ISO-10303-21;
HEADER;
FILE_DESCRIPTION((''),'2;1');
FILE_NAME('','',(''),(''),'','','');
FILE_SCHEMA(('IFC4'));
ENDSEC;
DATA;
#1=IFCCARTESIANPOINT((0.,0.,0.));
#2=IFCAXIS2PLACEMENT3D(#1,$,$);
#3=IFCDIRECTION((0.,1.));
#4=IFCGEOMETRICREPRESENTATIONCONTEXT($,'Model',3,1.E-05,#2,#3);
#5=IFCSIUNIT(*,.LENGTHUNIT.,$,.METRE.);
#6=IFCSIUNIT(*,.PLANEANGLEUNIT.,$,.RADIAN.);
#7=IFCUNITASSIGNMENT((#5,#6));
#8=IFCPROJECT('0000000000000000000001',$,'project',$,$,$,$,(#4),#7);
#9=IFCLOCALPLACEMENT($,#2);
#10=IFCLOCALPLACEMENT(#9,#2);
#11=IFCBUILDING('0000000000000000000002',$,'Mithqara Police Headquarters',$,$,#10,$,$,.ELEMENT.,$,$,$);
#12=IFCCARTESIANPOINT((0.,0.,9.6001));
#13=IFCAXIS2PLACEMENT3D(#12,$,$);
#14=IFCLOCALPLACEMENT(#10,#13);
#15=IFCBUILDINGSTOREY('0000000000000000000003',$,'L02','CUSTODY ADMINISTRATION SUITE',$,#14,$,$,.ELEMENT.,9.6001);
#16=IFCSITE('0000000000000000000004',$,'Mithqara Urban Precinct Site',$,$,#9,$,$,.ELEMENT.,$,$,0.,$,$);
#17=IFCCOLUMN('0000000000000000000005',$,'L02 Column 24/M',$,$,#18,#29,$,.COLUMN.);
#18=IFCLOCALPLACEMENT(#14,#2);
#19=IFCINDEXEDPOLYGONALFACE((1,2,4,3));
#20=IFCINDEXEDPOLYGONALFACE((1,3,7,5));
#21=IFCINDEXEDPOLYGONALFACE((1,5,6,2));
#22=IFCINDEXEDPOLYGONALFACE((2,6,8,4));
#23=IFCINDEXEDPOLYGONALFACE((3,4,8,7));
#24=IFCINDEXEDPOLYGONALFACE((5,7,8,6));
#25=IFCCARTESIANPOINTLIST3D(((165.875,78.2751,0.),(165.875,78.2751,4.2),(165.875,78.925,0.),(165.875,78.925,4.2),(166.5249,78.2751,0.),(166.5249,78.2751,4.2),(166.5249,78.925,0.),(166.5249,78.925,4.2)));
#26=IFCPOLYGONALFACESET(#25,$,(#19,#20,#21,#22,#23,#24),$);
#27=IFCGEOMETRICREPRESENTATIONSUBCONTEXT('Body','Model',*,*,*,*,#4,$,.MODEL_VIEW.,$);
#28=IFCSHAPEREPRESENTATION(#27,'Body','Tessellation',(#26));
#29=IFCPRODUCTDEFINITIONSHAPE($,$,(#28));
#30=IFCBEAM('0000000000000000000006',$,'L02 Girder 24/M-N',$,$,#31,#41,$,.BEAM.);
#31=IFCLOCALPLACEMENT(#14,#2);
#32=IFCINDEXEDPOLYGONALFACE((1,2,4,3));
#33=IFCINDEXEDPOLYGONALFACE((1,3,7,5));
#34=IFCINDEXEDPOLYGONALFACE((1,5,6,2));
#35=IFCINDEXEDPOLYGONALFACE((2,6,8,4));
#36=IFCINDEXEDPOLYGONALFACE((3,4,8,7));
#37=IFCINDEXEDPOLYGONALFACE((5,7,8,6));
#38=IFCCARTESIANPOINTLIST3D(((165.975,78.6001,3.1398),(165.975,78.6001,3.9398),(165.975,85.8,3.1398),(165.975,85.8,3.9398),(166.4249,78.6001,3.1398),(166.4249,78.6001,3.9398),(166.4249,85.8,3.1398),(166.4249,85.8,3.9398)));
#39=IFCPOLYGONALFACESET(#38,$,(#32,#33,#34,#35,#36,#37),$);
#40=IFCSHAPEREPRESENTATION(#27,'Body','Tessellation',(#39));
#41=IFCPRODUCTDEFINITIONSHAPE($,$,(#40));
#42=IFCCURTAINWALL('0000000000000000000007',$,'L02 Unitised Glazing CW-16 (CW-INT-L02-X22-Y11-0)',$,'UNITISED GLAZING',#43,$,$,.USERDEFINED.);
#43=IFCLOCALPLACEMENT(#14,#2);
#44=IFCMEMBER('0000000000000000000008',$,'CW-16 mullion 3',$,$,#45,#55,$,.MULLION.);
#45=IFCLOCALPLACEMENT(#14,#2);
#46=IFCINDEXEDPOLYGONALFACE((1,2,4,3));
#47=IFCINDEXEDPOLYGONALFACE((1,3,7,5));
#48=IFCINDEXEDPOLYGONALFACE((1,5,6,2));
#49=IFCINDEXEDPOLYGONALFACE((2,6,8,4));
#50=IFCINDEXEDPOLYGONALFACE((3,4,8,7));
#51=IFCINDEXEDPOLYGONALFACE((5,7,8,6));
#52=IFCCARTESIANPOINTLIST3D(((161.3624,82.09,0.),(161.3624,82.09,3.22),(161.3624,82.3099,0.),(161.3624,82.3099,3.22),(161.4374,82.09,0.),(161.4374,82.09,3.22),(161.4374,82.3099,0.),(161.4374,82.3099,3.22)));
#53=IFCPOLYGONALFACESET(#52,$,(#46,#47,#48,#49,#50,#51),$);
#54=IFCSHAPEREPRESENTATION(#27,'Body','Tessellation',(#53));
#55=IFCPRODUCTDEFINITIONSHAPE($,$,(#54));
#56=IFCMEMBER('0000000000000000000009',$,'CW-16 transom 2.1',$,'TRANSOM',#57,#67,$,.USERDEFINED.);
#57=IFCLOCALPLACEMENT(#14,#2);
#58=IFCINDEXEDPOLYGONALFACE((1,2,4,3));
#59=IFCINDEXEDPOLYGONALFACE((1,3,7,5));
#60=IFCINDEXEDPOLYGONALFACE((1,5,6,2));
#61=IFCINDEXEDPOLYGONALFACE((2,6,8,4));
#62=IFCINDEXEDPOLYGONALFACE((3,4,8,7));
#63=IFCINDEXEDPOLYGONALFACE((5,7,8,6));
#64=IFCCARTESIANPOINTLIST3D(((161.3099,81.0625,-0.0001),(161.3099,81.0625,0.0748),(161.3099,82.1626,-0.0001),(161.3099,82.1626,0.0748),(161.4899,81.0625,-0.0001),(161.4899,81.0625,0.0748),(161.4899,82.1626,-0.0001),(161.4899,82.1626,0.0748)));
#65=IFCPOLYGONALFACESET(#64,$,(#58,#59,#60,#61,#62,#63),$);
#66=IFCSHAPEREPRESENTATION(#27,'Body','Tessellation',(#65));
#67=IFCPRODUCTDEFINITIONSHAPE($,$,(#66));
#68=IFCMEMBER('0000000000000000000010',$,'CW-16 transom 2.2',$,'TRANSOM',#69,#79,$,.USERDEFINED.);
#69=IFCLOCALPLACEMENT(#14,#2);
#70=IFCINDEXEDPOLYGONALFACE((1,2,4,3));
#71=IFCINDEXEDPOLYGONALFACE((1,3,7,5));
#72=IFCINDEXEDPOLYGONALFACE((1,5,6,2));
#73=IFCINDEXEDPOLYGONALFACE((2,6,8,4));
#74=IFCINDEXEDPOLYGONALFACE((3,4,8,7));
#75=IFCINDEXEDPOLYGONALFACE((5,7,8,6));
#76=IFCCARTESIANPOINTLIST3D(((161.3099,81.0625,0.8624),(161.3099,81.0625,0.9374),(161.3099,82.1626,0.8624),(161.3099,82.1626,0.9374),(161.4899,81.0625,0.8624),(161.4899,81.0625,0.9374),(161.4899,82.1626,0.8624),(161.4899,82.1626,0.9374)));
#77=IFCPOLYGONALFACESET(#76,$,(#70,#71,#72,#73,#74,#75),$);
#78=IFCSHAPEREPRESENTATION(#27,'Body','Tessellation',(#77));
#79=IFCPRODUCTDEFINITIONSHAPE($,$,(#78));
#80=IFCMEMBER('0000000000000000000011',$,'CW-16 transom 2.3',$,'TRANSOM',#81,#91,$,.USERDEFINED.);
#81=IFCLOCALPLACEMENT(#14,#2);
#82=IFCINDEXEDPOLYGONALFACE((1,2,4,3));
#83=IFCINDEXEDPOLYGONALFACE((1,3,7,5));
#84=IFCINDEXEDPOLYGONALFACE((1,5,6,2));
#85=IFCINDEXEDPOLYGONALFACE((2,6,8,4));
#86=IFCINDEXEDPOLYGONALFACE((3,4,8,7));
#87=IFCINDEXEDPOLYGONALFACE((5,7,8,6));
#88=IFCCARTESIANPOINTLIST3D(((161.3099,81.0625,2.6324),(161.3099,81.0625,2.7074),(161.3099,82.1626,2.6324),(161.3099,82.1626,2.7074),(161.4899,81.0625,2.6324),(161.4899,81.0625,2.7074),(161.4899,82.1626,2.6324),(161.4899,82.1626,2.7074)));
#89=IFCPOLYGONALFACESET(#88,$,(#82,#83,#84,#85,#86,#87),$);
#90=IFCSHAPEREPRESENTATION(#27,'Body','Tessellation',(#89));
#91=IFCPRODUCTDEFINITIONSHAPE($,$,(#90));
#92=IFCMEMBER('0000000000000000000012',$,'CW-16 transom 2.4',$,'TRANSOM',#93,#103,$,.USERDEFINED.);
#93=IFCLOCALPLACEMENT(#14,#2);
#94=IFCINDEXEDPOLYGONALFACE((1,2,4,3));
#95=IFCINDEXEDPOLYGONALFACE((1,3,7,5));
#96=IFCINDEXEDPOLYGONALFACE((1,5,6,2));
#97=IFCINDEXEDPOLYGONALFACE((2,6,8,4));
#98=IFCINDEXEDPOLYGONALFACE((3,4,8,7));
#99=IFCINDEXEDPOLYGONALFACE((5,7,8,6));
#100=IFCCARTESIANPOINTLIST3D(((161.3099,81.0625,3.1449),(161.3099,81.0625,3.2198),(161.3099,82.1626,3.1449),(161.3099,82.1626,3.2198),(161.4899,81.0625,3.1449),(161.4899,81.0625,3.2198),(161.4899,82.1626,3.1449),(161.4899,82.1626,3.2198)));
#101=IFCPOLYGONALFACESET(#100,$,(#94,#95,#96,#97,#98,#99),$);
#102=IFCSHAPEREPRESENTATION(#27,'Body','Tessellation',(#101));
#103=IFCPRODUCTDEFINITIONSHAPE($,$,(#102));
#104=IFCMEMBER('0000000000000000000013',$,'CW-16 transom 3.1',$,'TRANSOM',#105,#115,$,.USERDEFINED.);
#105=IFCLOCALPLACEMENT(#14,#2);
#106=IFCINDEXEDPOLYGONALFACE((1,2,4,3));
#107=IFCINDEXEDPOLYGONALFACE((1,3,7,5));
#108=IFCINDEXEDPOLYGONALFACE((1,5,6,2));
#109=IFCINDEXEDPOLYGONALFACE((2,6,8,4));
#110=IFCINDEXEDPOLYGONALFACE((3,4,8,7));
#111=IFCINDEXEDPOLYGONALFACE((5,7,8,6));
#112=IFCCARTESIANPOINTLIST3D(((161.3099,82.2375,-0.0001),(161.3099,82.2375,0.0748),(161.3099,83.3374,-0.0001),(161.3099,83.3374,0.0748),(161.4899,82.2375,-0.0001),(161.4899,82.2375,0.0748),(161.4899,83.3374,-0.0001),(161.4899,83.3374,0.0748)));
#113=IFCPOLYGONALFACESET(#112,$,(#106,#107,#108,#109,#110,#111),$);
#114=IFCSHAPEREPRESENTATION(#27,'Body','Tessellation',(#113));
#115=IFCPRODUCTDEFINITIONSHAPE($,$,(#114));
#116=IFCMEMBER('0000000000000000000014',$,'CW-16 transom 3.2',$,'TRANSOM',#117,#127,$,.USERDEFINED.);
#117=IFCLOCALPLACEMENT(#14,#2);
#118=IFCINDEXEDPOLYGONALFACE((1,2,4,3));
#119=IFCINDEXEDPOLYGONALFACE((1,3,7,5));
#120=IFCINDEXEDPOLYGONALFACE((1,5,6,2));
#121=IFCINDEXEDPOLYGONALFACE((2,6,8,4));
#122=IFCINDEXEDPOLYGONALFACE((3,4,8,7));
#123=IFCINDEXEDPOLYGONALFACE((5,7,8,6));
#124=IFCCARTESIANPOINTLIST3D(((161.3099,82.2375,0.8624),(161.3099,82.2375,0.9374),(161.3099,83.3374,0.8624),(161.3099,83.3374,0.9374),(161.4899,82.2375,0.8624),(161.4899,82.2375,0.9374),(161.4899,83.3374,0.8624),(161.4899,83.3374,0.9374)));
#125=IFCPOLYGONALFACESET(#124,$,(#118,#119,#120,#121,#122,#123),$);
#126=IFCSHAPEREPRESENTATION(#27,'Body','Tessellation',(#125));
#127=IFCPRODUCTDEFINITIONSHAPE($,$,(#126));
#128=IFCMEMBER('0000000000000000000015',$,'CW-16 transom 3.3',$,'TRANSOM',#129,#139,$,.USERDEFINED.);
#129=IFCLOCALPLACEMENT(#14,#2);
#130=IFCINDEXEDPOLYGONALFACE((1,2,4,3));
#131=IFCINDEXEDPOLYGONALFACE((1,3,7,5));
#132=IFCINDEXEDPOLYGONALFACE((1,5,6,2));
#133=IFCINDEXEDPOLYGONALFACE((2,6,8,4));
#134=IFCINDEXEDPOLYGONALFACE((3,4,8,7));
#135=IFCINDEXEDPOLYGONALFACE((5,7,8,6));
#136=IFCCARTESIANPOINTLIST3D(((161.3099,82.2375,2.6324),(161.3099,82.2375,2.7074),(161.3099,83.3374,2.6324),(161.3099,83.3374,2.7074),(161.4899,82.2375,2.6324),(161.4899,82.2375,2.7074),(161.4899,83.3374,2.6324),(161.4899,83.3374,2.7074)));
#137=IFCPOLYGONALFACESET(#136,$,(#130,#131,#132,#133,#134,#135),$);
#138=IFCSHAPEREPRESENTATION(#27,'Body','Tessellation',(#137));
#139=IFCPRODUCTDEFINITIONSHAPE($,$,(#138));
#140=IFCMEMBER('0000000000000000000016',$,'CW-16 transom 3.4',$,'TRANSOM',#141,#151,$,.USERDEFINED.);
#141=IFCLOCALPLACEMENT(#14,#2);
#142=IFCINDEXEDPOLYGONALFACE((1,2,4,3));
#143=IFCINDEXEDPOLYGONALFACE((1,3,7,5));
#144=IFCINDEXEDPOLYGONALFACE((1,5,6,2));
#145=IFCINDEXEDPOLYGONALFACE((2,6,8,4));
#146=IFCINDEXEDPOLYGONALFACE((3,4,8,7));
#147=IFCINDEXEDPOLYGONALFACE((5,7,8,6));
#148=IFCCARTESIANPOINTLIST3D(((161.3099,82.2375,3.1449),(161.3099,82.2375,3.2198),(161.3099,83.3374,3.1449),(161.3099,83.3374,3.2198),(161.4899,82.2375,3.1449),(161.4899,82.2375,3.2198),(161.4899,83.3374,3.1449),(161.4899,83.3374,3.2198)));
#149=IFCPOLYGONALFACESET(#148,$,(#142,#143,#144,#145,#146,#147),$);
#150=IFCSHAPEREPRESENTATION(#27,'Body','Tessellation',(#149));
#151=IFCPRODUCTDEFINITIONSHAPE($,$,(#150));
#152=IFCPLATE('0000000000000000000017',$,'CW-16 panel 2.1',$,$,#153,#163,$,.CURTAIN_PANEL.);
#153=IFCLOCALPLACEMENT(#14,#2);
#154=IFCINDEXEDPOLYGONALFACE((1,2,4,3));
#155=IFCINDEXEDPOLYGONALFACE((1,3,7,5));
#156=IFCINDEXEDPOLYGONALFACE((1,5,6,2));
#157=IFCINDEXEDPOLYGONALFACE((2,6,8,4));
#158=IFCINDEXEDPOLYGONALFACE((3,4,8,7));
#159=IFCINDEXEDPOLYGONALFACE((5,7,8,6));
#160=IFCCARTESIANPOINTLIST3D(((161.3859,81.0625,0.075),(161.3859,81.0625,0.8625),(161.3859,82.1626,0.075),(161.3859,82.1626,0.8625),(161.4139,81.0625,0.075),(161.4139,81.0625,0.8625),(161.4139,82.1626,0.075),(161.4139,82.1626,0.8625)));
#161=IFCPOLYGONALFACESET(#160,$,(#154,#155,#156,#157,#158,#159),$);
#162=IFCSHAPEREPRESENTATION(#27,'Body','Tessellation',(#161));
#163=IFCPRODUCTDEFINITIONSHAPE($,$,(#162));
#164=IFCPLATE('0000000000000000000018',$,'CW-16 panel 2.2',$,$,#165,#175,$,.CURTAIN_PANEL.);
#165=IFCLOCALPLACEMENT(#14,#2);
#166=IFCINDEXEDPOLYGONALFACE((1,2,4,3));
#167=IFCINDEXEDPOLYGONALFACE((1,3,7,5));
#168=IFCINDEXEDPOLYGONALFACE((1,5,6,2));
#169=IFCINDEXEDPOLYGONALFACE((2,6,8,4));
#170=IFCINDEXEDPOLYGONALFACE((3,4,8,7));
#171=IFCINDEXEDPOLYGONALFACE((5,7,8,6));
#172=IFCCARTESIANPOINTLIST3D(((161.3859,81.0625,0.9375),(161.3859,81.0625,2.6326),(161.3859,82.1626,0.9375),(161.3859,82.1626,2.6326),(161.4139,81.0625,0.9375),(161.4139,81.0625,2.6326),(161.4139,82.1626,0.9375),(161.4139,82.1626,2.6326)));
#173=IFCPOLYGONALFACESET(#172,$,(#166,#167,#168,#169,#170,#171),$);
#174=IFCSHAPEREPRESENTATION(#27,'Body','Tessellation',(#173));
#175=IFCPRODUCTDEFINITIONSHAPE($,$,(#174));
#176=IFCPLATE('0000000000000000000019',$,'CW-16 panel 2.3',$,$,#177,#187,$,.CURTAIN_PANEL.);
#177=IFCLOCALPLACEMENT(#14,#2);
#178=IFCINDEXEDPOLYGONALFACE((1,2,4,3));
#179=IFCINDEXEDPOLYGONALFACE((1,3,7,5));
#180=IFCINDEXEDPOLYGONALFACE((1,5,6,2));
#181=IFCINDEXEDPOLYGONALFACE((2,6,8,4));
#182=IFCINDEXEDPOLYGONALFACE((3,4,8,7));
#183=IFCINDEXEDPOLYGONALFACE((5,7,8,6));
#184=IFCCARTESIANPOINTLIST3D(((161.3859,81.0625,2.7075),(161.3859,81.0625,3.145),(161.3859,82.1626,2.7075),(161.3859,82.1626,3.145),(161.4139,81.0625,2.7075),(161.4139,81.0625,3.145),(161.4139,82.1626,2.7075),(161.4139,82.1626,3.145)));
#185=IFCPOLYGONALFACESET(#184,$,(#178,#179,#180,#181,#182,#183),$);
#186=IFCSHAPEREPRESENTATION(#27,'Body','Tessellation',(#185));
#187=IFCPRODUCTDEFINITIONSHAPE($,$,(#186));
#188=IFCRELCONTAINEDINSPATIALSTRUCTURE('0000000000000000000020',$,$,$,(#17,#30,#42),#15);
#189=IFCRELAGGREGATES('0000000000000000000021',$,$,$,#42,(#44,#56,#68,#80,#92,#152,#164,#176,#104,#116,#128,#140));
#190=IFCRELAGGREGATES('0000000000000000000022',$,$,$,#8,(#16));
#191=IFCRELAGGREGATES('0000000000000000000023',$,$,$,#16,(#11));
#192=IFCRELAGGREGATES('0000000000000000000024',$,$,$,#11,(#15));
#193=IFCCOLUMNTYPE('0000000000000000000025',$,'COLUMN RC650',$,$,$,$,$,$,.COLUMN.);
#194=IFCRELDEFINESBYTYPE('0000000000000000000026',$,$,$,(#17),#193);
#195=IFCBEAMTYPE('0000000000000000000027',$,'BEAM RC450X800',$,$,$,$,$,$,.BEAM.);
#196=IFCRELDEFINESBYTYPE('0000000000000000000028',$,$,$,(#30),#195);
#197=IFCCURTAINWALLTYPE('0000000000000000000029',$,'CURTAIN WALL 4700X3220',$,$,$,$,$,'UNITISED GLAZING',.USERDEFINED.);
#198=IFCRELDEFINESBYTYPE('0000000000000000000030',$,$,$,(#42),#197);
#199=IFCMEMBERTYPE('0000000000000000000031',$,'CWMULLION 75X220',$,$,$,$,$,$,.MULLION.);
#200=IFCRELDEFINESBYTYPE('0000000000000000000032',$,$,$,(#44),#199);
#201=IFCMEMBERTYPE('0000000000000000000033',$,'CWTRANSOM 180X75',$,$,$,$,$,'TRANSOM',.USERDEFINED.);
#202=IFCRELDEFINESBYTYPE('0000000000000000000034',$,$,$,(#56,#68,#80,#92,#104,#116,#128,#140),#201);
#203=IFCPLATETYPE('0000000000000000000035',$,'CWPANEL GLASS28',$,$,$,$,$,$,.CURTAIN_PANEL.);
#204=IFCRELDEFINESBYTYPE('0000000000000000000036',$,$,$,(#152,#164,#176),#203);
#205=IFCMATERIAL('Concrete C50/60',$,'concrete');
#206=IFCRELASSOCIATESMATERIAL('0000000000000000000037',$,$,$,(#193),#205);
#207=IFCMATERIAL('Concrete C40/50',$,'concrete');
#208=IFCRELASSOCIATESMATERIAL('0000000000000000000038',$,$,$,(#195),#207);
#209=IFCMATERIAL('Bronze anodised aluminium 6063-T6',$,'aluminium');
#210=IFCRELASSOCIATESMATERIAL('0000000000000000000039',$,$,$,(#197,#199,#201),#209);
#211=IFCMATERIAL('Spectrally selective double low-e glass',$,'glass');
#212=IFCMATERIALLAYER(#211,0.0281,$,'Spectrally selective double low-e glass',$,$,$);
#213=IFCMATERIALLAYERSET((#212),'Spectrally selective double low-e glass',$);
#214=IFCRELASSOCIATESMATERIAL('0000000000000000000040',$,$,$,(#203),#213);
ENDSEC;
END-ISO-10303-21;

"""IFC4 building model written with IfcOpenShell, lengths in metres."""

from ifc_helpers import new_model, si_unit, direction, frame, origin, origin_2d, place, context, subcontext, project, spatial, rectangle, extrude, material, layer, layer_set, material_profile, profile_set, type_object, element, aggregate, save


model = new_model("IFC4")

# Units and contexts
model_context = context("Model", 3, precision=1e-05, world=origin(), true_north=direction((0.0, 1.0)))
body_context = subcontext(model_context, "Body", "Model", "MODEL_VIEW")
ifc_project = project(units=[si_unit("LENGTHUNIT", "METRE"), si_unit("PLANEANGLEUNIT", "RADIAN")], contexts=[model_context])

# Site, building, storey
site_placement = place(None, origin())
site = spatial("IfcSite", under=ifc_project, at=site_placement, Name="Mithqara Urban Precinct Site", CompositionType="ELEMENT", RefElevation=0.0)
building_placement = place(site_placement, origin())
building = spatial("IfcBuilding", under=site, at=building_placement, Name="Mithqara Police Headquarters", CompositionType="ELEMENT")
storey_placement = place(building_placement, frame((0.0, 0.0, 9.6001)))
storey = spatial("IfcBuildingStorey", under=building, at=storey_placement, Name="L02", Description="CUSTODY ADMINISTRATION SUITE", CompositionType="ELEMENT", Elevation=9.6001)

# Column
ifc_material_1 = material(Name="Concrete C50/60", Category="concrete")
ifc_material_profile_1 = material_profile(ifc_material_1, rectangle(XDim=0.6499, YDim=0.6499, at=origin_2d()), Name="RC 650x650")
ifc_profile_set_1 = profile_set([ifc_material_profile_1], Name="Concrete C50/60")
column_type = type_object("IfcColumnType", Name="COLUMN RC650", PredefinedType="COLUMN", material=ifc_profile_set_1)
column_placement = place(storey_placement, frame((166.2, 78.6001, 0.0), z_axis=(0.0, 0.0, 1.0), x_axis=(1.0, 0.0, 0.0)))
element("IfcColumn", 1, at=column_placement, inside=storey, type_object=column_type, Name="L02 Column 24/M", PredefinedType="COLUMN", context=body_context, shape_type="SweptSolid", body=[
    extrude(rectangle(XDim=0.6499, YDim=0.6499, at=origin_2d()), origin(), (0.0, 0.0, 1.0), 4.2),
])

# Beam
ifc_material_2 = material(Name="Concrete C40/50", Category="concrete")
ifc_material_profile_2 = material_profile(ifc_material_2, rectangle(XDim=0.45, YDim=0.8, at=origin_2d()), Name="RC 450x800")
ifc_profile_set_2 = profile_set([ifc_material_profile_2], Name="Concrete C40/50")
beam_type = type_object("IfcBeamType", Name="BEAM RC450X800", PredefinedType="BEAM", material=ifc_profile_set_2)
beam_placement = place(storey_placement, frame((166.2, 78.6001, 3.5398), z_axis=(0.0, 1.0, 0.0), x_axis=(-1.0, 0.0, 0.0)))
element("IfcBeam", 2, at=beam_placement, inside=storey, type_object=beam_type, Name="L02 Girder 24/M-N", PredefinedType="BEAM", context=body_context, shape_type="SweptSolid", body=[
    extrude(rectangle(XDim=0.45, YDim=0.8, at=origin_2d()), origin(), (0.0, 0.0, 1.0), 7.2),
])

# Curtain wall, members, plates
ifc_material_3 = material(Name="Bronze anodised aluminium 6063-T6", Category="aluminium")
curtain_wall_type = type_object("IfcCurtainWallType", Name="CURTAIN WALL 4700X3220", ElementType="UNITISED GLAZING", PredefinedType="USERDEFINED", material=ifc_material_3)
curtain_wall_placement = place(storey_placement, origin())
curtain_wall = element("IfcCurtainWall", 3, at=curtain_wall_placement, inside=storey, type_object=curtain_wall_type, Name="L02 Unitised Glazing CW-16 (CW-INT-L02-X22-Y11-0)", ObjectType="UNITISED GLAZING", PredefinedType="USERDEFINED")
ifc_material_profile_3 = material_profile(ifc_material_3, rectangle(XDim=0.075, YDim=0.22, at=origin_2d()), Name="CWM 75x220")
ifc_profile_set_3 = profile_set([ifc_material_profile_3], Name="Bronze anodised aluminium 6063-T6")
member_type_1 = type_object("IfcMemberType", Name="CWMULLION 75X220", PredefinedType="MULLION", material=ifc_profile_set_3)
member_1_placement = place(storey_placement, frame((161.3999, 82.2, 0.0), z_axis=(0.0, 0.0, 1.0), x_axis=(-1.0, 0.0, 0.0)))
member_1 = element("IfcMember", 4, at=member_1_placement, type_object=member_type_1, Name="CW-16 mullion 3", PredefinedType="MULLION", context=body_context, shape_type="SweptSolid", body=[
    extrude(rectangle(XDim=0.075, YDim=0.22, at=origin_2d()), origin(), (0.0, 0.0, 1.0), 3.22),
])
ifc_material_profile_4 = material_profile(ifc_material_3, rectangle(XDim=0.1799, YDim=0.075, at=origin_2d()), Name="CWT 180x75")
ifc_profile_set_4 = profile_set([ifc_material_profile_4], Name="Bronze anodised aluminium 6063-T6")
member_type_2 = type_object("IfcMemberType", Name="CWTRANSOM 180X75", ElementType="TRANSOM", PredefinedType="USERDEFINED", material=ifc_profile_set_4)
member_2_placement = place(storey_placement, frame((161.3999, 81.0625, 0.0374), z_axis=(0.0, 1.0, 0.0), x_axis=(-1.0, 0.0, 0.0)))
member_2 = element("IfcMember", 5, at=member_2_placement, type_object=member_type_2, Name="CW-16 transom 2.1", ObjectType="TRANSOM", PredefinedType="USERDEFINED", context=body_context, shape_type="SweptSolid", body=[
    extrude(rectangle(XDim=0.1799, YDim=0.075, at=origin_2d()), origin(), (0.0, 0.0, 1.0), 1.1001),
])
member_3_placement = place(storey_placement, frame((161.3999, 81.0625, 0.8999), z_axis=(0.0, 1.0, 0.0), x_axis=(-1.0, 0.0, 0.0)))
member_3 = element("IfcMember", 6, at=member_3_placement, type_object=member_type_2, Name="CW-16 transom 2.2", ObjectType="TRANSOM", PredefinedType="USERDEFINED", context=body_context, shape_type="SweptSolid", body=[
    extrude(rectangle(XDim=0.1799, YDim=0.075, at=origin_2d()), origin(), (0.0, 0.0, 1.0), 1.1001),
])
member_4_placement = place(storey_placement, frame((161.3999, 81.0625, 2.6699), z_axis=(0.0, 1.0, 0.0), x_axis=(-1.0, 0.0, 0.0)))
member_4 = element("IfcMember", 7, at=member_4_placement, type_object=member_type_2, Name="CW-16 transom 2.3", ObjectType="TRANSOM", PredefinedType="USERDEFINED", context=body_context, shape_type="SweptSolid", body=[
    extrude(rectangle(XDim=0.1799, YDim=0.075, at=origin_2d()), origin(), (0.0, 0.0, 1.0), 1.1001),
])
member_5_placement = place(storey_placement, frame((161.3999, 81.0625, 3.1824), z_axis=(0.0, 1.0, 0.0), x_axis=(-1.0, 0.0, 0.0)))
member_5 = element("IfcMember", 8, at=member_5_placement, type_object=member_type_2, Name="CW-16 transom 2.4", ObjectType="TRANSOM", PredefinedType="USERDEFINED", context=body_context, shape_type="SweptSolid", body=[
    extrude(rectangle(XDim=0.1799, YDim=0.075, at=origin_2d()), origin(), (0.0, 0.0, 1.0), 1.1001),
])
member_6_placement = place(storey_placement, frame((161.3999, 82.2375, 0.0374), z_axis=(0.0, 1.0, 0.0), x_axis=(-1.0, 0.0, 0.0)))
member_6 = element("IfcMember", 9, at=member_6_placement, type_object=member_type_2, Name="CW-16 transom 3.1", ObjectType="TRANSOM", PredefinedType="USERDEFINED", context=body_context, shape_type="SweptSolid", body=[
    extrude(rectangle(XDim=0.1799, YDim=0.075, at=origin_2d()), origin(), (0.0, 0.0, 1.0), 1.0999),
])
member_7_placement = place(storey_placement, frame((161.3999, 82.2375, 0.8999), z_axis=(0.0, 1.0, 0.0), x_axis=(-1.0, 0.0, 0.0)))
member_7 = element("IfcMember", 10, at=member_7_placement, type_object=member_type_2, Name="CW-16 transom 3.2", ObjectType="TRANSOM", PredefinedType="USERDEFINED", context=body_context, shape_type="SweptSolid", body=[
    extrude(rectangle(XDim=0.1799, YDim=0.075, at=origin_2d()), origin(), (0.0, 0.0, 1.0), 1.0999),
])
member_8_placement = place(storey_placement, frame((161.3999, 82.2375, 2.6699), z_axis=(0.0, 1.0, 0.0), x_axis=(-1.0, 0.0, 0.0)))
member_8 = element("IfcMember", 11, at=member_8_placement, type_object=member_type_2, Name="CW-16 transom 3.3", ObjectType="TRANSOM", PredefinedType="USERDEFINED", context=body_context, shape_type="SweptSolid", body=[
    extrude(rectangle(XDim=0.1799, YDim=0.075, at=origin_2d()), origin(), (0.0, 0.0, 1.0), 1.0999),
])
member_9_placement = place(storey_placement, frame((161.3999, 82.2375, 3.1824), z_axis=(0.0, 1.0, 0.0), x_axis=(-1.0, 0.0, 0.0)))
member_9 = element("IfcMember", 12, at=member_9_placement, type_object=member_type_2, Name="CW-16 transom 3.4", ObjectType="TRANSOM", PredefinedType="USERDEFINED", context=body_context, shape_type="SweptSolid", body=[
    extrude(rectangle(XDim=0.1799, YDim=0.075, at=origin_2d()), origin(), (0.0, 0.0, 1.0), 1.0999),
])
ifc_material_4 = material(Name="Spectrally selective double low-e glass", Category="glass")
ifc_layer_1 = layer(ifc_material_4, 0.0281, Name="Spectrally selective double low-e glass")
ifc_layer_set_1 = layer_set([ifc_layer_1], Name="Spectrally selective double low-e glass")
plate_type_1 = type_object("IfcPlateType", Name="CWPANEL GLASS28", PredefinedType="CURTAIN_PANEL", material=ifc_layer_set_1)
plate_1_placement = place(storey_placement, frame((161.3999, 81.6125, 0.075), z_axis=(0.0, 0.0, 1.0), x_axis=(0.0, 1.0, 0.0)))
plate_1 = element("IfcPlate", 13, at=plate_1_placement, type_object=plate_type_1, Name="CW-16 panel 2.1", PredefinedType="CURTAIN_PANEL", context=body_context, shape_type="SweptSolid", body=[
    extrude(rectangle(XDim=1.1001, YDim=0.0281, at=origin_2d()), origin(), (0.0, 0.0, 1.0), 0.7876),
])
plate_2_placement = place(storey_placement, frame((161.3999, 81.6125, 0.9375), z_axis=(0.0, 0.0, 1.0), x_axis=(0.0, 1.0, 0.0)))
plate_2 = element("IfcPlate", 14, at=plate_2_placement, type_object=plate_type_1, Name="CW-16 panel 2.2", PredefinedType="CURTAIN_PANEL", context=body_context, shape_type="SweptSolid", body=[
    extrude(rectangle(XDim=1.1001, YDim=0.0281, at=origin_2d()), origin(), (0.0, 0.0, 1.0), 1.6951),
])
plate_3_placement = place(storey_placement, frame((161.3999, 81.6125, 2.7075), z_axis=(0.0, 0.0, 1.0), x_axis=(0.0, 1.0, 0.0)))
plate_3 = element("IfcPlate", 15, at=plate_3_placement, type_object=plate_type_1, Name="CW-16 panel 2.3", PredefinedType="CURTAIN_PANEL", context=body_context, shape_type="SweptSolid", body=[
    extrude(rectangle(XDim=1.1001, YDim=0.0281, at=origin_2d()), origin(), (0.0, 0.0, 1.0), 0.4375),
])
aggregate(curtain_wall, [member_1, member_2, member_3, member_4, member_5, plate_1, plate_2, plate_3, member_6, member_7, member_8, member_9])

save(model, "model.ifc")
